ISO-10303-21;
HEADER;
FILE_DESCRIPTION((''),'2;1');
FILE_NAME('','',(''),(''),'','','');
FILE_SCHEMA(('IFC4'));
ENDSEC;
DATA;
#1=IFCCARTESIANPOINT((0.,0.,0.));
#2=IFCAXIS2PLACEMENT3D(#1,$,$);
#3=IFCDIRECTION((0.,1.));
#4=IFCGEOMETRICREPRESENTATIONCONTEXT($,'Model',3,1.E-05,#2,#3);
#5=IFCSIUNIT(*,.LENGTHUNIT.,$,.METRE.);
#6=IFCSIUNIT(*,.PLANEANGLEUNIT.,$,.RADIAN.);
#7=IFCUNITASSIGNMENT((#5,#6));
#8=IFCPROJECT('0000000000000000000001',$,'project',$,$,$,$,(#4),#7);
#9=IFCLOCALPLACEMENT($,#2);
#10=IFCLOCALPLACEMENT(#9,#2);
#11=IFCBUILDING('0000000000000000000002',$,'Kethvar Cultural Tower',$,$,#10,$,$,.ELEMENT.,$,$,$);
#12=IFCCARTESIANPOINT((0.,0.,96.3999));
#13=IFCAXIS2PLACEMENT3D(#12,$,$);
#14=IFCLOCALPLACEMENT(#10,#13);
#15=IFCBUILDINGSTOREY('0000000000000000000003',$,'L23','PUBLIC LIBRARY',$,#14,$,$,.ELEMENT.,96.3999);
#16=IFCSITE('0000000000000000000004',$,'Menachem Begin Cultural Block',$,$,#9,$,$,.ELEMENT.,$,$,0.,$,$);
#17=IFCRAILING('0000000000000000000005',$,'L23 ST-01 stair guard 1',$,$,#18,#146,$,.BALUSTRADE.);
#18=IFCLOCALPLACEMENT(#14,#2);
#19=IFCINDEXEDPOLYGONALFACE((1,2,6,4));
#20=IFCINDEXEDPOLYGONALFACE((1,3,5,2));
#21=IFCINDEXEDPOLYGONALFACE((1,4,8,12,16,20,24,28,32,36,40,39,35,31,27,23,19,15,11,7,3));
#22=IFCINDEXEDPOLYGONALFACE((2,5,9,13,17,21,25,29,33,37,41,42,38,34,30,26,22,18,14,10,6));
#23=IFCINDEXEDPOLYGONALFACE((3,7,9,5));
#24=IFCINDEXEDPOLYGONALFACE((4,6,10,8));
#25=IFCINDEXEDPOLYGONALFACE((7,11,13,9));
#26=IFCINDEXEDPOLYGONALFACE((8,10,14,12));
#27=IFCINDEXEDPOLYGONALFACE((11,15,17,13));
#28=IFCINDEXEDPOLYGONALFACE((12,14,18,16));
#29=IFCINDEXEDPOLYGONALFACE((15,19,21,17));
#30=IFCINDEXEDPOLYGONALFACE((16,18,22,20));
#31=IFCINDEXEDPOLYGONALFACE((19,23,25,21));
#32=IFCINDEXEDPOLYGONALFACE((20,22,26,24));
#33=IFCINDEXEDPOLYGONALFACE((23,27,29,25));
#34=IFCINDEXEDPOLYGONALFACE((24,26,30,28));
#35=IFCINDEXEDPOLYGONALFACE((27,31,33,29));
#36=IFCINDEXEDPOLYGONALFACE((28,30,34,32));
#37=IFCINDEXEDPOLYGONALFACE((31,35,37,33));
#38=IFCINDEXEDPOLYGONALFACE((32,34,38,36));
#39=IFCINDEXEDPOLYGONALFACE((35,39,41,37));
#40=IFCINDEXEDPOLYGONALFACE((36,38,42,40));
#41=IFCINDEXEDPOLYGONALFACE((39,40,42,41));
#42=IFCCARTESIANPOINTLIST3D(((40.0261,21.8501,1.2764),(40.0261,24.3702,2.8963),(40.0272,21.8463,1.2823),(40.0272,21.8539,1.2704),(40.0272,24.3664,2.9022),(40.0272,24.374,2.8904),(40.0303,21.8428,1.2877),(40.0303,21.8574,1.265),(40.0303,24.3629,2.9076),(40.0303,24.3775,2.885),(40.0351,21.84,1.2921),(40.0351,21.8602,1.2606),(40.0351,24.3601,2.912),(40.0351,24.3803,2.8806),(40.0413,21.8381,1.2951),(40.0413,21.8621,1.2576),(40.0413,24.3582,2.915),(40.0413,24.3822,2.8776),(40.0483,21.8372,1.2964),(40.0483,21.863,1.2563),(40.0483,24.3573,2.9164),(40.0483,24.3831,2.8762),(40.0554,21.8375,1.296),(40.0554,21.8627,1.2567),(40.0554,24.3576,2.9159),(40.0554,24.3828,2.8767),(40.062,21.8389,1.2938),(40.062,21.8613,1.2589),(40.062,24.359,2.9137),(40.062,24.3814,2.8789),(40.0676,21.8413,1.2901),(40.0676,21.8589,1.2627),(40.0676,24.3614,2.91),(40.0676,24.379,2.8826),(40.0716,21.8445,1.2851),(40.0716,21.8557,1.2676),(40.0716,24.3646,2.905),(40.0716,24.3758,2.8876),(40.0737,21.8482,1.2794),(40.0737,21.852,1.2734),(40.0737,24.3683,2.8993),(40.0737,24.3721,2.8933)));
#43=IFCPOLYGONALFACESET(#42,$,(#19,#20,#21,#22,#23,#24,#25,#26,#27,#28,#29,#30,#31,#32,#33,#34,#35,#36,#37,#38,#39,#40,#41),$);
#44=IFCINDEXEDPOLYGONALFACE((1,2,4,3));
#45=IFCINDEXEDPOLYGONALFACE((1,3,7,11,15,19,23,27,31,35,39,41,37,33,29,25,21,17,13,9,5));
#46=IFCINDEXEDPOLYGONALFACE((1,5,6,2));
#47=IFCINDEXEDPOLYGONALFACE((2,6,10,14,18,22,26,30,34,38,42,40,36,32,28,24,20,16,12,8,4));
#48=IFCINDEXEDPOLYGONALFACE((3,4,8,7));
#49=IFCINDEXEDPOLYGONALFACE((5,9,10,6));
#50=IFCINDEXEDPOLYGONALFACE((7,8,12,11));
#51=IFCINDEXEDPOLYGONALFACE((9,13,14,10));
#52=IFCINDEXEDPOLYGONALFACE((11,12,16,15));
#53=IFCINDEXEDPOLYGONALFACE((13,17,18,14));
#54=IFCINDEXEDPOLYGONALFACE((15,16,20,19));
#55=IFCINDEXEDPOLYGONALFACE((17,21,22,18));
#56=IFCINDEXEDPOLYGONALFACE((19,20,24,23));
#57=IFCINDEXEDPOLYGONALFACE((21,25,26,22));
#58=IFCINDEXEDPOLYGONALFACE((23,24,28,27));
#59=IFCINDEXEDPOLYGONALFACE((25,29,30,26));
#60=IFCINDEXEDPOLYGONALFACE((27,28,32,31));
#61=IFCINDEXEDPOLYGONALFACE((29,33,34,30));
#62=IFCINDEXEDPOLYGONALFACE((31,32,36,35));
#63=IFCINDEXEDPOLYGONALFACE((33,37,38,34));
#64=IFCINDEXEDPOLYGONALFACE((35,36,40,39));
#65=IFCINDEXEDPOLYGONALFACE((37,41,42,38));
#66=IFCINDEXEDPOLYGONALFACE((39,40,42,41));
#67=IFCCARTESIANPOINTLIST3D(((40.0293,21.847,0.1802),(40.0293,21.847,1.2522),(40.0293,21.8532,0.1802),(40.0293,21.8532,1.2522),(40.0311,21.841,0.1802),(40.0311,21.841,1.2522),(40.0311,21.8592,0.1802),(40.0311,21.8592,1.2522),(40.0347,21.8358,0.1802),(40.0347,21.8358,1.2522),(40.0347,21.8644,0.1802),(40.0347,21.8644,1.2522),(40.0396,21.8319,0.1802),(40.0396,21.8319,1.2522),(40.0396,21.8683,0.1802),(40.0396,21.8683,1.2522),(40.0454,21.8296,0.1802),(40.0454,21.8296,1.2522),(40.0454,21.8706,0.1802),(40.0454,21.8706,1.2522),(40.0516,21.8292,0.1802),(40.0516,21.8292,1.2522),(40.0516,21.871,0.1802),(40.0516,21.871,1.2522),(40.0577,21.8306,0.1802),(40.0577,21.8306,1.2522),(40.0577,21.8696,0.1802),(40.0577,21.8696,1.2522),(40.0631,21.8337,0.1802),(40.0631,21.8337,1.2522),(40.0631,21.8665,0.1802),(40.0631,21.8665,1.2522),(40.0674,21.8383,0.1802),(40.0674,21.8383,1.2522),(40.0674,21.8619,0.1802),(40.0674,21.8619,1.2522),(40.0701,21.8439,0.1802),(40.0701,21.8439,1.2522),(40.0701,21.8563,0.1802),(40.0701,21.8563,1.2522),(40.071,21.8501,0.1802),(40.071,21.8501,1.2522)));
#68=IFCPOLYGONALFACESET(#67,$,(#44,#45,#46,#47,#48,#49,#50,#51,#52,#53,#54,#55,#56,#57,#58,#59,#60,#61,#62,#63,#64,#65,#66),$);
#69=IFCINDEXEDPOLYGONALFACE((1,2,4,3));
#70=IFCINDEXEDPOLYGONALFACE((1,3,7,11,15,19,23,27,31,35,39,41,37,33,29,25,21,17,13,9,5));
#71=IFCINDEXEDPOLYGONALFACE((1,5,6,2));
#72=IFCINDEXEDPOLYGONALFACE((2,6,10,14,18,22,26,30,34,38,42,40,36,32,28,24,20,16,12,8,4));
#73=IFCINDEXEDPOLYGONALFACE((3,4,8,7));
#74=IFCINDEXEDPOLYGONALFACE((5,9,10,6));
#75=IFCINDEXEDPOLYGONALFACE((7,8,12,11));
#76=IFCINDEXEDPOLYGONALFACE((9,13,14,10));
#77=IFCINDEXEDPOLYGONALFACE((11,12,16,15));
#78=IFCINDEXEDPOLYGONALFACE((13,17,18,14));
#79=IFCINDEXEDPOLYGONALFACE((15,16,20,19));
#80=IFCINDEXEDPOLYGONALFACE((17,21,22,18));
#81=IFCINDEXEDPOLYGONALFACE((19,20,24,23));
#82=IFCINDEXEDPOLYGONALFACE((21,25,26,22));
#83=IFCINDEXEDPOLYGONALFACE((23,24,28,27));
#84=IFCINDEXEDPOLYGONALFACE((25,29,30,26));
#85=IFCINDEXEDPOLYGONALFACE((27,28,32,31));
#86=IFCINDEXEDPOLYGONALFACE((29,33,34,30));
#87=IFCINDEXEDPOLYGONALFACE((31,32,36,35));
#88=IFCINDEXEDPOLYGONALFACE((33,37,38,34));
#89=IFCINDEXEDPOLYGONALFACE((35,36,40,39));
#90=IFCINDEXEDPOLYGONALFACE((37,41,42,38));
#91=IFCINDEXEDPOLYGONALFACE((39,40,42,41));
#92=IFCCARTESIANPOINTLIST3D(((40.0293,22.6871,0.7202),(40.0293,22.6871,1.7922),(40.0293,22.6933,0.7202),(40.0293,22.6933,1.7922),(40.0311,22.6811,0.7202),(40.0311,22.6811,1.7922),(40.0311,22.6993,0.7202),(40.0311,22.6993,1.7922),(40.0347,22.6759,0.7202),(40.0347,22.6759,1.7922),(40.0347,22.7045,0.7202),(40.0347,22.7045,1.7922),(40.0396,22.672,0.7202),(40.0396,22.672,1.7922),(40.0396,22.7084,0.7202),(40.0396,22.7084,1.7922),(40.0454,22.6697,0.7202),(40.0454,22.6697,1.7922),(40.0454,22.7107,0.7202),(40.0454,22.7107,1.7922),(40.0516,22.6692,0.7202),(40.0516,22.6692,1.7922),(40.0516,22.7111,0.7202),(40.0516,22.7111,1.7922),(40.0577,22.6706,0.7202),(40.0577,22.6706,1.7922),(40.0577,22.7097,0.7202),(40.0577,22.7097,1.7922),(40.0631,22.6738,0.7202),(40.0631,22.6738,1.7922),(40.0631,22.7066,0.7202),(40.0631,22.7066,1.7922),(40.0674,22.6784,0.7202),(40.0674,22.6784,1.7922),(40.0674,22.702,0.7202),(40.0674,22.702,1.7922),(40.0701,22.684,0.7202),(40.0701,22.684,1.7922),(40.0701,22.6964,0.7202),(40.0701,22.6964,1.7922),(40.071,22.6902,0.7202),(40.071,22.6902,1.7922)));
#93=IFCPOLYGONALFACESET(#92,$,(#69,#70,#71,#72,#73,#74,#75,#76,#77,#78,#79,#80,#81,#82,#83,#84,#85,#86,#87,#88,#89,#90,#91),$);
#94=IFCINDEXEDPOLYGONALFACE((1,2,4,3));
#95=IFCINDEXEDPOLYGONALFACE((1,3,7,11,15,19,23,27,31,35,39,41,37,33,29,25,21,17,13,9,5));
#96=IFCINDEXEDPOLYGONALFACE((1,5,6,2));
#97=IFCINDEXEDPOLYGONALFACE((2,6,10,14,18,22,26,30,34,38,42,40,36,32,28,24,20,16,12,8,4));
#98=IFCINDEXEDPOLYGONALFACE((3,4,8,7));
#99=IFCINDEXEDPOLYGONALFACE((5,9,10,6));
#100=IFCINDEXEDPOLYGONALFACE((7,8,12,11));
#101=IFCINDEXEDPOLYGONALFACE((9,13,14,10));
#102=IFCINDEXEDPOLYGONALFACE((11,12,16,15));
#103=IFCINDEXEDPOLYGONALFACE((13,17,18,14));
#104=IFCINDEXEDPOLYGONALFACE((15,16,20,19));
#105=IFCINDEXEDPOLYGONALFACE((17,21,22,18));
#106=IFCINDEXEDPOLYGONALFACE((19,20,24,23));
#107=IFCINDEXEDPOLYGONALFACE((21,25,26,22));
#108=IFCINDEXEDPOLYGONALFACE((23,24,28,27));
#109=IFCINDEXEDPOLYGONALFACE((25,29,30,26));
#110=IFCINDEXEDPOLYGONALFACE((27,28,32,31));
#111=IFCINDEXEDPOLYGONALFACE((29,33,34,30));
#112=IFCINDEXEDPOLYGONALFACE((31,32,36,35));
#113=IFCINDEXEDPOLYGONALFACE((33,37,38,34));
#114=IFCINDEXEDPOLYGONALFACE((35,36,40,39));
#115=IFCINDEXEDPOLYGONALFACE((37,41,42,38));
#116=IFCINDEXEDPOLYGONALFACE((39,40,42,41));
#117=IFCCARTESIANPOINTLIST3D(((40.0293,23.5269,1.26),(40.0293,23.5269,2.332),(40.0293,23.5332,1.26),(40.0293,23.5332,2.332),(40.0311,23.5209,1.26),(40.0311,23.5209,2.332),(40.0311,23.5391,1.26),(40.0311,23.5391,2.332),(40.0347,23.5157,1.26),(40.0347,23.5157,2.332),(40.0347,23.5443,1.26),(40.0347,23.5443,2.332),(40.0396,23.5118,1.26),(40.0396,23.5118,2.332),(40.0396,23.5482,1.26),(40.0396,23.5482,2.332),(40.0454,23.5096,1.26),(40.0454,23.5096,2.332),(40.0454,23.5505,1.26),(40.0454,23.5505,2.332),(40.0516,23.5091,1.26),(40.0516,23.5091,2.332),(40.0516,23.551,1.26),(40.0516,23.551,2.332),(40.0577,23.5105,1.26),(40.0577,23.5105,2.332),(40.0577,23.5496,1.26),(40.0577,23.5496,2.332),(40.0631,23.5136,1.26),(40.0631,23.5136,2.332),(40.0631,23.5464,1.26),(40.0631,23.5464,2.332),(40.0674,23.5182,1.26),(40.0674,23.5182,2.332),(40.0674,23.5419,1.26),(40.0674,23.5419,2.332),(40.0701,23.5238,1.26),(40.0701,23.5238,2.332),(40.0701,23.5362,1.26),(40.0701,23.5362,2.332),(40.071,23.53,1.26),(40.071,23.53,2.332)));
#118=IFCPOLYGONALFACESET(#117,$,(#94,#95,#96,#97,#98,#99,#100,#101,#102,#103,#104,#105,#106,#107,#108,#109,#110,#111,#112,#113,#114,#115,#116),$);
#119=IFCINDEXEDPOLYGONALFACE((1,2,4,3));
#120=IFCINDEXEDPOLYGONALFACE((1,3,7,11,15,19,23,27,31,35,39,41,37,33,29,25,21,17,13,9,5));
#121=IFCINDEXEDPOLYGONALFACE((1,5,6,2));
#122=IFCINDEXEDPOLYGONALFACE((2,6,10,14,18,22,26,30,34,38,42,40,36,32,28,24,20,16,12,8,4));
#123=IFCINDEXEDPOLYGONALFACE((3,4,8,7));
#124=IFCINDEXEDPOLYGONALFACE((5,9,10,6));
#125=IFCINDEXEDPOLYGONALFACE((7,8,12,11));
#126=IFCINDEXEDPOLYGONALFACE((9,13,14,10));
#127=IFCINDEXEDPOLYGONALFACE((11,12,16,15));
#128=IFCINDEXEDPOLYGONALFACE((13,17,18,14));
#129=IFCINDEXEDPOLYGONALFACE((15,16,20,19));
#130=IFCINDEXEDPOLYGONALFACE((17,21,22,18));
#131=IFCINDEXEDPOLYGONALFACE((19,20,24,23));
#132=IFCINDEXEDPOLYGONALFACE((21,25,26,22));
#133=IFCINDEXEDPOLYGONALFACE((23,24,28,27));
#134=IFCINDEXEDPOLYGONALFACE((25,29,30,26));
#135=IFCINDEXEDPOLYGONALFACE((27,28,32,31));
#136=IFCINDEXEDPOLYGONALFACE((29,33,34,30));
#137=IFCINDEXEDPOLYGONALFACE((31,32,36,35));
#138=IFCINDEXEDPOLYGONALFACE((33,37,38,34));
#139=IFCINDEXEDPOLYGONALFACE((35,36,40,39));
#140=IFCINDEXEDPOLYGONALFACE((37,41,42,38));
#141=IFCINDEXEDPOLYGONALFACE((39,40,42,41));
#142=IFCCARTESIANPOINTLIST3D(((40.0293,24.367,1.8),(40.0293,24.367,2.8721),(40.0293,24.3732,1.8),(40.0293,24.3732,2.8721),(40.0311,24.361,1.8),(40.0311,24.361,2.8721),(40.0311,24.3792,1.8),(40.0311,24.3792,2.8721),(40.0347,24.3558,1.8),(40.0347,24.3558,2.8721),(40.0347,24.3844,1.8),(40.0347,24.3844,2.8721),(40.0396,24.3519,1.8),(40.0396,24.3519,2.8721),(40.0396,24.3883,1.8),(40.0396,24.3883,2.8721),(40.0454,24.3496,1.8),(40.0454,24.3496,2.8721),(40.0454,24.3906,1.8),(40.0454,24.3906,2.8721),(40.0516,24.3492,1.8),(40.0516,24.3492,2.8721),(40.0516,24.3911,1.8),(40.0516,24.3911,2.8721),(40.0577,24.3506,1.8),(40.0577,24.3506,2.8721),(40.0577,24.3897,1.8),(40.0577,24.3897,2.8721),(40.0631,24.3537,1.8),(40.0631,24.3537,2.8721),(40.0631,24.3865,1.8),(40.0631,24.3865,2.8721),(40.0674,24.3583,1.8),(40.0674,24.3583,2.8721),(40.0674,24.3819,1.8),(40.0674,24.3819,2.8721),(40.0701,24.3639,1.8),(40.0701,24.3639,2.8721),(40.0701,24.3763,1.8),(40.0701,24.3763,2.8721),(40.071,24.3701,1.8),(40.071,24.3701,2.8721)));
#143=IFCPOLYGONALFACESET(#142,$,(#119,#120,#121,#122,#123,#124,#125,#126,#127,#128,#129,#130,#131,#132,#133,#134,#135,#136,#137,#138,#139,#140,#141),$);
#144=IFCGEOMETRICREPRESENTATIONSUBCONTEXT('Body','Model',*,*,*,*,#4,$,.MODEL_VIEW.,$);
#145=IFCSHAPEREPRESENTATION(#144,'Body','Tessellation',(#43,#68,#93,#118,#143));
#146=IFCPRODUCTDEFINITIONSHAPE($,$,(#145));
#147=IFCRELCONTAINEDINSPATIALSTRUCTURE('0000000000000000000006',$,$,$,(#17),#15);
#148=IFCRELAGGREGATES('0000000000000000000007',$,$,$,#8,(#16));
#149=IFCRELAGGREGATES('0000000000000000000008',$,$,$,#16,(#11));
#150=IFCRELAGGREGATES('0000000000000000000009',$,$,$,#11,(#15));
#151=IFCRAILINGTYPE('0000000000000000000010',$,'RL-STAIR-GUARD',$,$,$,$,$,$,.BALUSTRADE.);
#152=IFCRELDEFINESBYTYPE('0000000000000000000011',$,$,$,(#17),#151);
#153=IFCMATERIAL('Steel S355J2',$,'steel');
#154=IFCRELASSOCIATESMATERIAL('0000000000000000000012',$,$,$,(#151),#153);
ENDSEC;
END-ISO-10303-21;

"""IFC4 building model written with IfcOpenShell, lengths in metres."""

from ifc_helpers import new_model, si_unit, direction, frame, origin, origin_2d, place, context, subcontext, project, spatial, circle, extrude, material, type_object, element, save


model = new_model("IFC4")

# Units and contexts
model_context = context("Model", 3, precision=1e-05, world=origin(), true_north=direction((0.0, 1.0)))
body_context = subcontext(model_context, "Body", "Model", "MODEL_VIEW")
ifc_project = project(units=[si_unit("LENGTHUNIT", "METRE"), si_unit("PLANEANGLEUNIT", "RADIAN")], contexts=[model_context])

# Site, building, storey
site_placement = place(None, origin())
site = spatial("IfcSite", under=ifc_project, at=site_placement, Name="Menachem Begin Cultural Block", CompositionType="ELEMENT", RefElevation=0.0)
building_placement = place(site_placement, origin())
building = spatial("IfcBuilding", under=site, at=building_placement, Name="Kethvar Cultural Tower", CompositionType="ELEMENT")
storey_placement = place(building_placement, frame((0.0, 0.0, 96.3999)))
storey = spatial("IfcBuildingStorey", under=building, at=storey_placement, Name="L23", Description="PUBLIC LIBRARY", CompositionType="ELEMENT", Elevation=96.3999)

# Shared definitions
ifc_material_1 = material(Name="Steel S355J2", Category="steel")

# Railing
railing_type_1 = type_object("IfcRailingType", Name="RL-STAIR-GUARD", PredefinedType="BALUSTRADE", material=ifc_material_1)
railing_1_placement = place(storey_placement, frame((40.05, 21.8501, 0.1802)))
element("IfcRailing", 1, at=railing_1_placement, inside=storey, type_object=railing_type_1, Name="L23 ST-01 stair guard 1", PredefinedType="BALUSTRADE", context=body_context, shape_type="SweptSolid", body=[
    extrude(circle(Radius=0.0239, at=origin_2d()), frame((0.0, 0.0, 1.0962), z_axis=(0.0, 0.8412, 0.540725), x_axis=(-1.0, 0.0, 0.0)), (0.0, 0.0, 1.0), 2.9958),
    extrude(circle(Radius=0.021, at=origin_2d()), origin(), (0.0, 0.0, 1.0), 1.072),
    extrude(circle(Radius=0.021, at=origin_2d()), frame((0.0, 0.8401, 0.54)), (0.0, 0.0, 1.0), 1.072),
    extrude(circle(Radius=0.021, at=origin_2d()), frame((0.0, 1.6799, 1.0798)), (0.0, 0.0, 1.0), 1.072),
    extrude(circle(Radius=0.021, at=origin_2d()), frame((0.0, 2.52, 1.6199)), (0.0, 0.0, 1.0), 1.072),
])

save(model, "model.ifc")
